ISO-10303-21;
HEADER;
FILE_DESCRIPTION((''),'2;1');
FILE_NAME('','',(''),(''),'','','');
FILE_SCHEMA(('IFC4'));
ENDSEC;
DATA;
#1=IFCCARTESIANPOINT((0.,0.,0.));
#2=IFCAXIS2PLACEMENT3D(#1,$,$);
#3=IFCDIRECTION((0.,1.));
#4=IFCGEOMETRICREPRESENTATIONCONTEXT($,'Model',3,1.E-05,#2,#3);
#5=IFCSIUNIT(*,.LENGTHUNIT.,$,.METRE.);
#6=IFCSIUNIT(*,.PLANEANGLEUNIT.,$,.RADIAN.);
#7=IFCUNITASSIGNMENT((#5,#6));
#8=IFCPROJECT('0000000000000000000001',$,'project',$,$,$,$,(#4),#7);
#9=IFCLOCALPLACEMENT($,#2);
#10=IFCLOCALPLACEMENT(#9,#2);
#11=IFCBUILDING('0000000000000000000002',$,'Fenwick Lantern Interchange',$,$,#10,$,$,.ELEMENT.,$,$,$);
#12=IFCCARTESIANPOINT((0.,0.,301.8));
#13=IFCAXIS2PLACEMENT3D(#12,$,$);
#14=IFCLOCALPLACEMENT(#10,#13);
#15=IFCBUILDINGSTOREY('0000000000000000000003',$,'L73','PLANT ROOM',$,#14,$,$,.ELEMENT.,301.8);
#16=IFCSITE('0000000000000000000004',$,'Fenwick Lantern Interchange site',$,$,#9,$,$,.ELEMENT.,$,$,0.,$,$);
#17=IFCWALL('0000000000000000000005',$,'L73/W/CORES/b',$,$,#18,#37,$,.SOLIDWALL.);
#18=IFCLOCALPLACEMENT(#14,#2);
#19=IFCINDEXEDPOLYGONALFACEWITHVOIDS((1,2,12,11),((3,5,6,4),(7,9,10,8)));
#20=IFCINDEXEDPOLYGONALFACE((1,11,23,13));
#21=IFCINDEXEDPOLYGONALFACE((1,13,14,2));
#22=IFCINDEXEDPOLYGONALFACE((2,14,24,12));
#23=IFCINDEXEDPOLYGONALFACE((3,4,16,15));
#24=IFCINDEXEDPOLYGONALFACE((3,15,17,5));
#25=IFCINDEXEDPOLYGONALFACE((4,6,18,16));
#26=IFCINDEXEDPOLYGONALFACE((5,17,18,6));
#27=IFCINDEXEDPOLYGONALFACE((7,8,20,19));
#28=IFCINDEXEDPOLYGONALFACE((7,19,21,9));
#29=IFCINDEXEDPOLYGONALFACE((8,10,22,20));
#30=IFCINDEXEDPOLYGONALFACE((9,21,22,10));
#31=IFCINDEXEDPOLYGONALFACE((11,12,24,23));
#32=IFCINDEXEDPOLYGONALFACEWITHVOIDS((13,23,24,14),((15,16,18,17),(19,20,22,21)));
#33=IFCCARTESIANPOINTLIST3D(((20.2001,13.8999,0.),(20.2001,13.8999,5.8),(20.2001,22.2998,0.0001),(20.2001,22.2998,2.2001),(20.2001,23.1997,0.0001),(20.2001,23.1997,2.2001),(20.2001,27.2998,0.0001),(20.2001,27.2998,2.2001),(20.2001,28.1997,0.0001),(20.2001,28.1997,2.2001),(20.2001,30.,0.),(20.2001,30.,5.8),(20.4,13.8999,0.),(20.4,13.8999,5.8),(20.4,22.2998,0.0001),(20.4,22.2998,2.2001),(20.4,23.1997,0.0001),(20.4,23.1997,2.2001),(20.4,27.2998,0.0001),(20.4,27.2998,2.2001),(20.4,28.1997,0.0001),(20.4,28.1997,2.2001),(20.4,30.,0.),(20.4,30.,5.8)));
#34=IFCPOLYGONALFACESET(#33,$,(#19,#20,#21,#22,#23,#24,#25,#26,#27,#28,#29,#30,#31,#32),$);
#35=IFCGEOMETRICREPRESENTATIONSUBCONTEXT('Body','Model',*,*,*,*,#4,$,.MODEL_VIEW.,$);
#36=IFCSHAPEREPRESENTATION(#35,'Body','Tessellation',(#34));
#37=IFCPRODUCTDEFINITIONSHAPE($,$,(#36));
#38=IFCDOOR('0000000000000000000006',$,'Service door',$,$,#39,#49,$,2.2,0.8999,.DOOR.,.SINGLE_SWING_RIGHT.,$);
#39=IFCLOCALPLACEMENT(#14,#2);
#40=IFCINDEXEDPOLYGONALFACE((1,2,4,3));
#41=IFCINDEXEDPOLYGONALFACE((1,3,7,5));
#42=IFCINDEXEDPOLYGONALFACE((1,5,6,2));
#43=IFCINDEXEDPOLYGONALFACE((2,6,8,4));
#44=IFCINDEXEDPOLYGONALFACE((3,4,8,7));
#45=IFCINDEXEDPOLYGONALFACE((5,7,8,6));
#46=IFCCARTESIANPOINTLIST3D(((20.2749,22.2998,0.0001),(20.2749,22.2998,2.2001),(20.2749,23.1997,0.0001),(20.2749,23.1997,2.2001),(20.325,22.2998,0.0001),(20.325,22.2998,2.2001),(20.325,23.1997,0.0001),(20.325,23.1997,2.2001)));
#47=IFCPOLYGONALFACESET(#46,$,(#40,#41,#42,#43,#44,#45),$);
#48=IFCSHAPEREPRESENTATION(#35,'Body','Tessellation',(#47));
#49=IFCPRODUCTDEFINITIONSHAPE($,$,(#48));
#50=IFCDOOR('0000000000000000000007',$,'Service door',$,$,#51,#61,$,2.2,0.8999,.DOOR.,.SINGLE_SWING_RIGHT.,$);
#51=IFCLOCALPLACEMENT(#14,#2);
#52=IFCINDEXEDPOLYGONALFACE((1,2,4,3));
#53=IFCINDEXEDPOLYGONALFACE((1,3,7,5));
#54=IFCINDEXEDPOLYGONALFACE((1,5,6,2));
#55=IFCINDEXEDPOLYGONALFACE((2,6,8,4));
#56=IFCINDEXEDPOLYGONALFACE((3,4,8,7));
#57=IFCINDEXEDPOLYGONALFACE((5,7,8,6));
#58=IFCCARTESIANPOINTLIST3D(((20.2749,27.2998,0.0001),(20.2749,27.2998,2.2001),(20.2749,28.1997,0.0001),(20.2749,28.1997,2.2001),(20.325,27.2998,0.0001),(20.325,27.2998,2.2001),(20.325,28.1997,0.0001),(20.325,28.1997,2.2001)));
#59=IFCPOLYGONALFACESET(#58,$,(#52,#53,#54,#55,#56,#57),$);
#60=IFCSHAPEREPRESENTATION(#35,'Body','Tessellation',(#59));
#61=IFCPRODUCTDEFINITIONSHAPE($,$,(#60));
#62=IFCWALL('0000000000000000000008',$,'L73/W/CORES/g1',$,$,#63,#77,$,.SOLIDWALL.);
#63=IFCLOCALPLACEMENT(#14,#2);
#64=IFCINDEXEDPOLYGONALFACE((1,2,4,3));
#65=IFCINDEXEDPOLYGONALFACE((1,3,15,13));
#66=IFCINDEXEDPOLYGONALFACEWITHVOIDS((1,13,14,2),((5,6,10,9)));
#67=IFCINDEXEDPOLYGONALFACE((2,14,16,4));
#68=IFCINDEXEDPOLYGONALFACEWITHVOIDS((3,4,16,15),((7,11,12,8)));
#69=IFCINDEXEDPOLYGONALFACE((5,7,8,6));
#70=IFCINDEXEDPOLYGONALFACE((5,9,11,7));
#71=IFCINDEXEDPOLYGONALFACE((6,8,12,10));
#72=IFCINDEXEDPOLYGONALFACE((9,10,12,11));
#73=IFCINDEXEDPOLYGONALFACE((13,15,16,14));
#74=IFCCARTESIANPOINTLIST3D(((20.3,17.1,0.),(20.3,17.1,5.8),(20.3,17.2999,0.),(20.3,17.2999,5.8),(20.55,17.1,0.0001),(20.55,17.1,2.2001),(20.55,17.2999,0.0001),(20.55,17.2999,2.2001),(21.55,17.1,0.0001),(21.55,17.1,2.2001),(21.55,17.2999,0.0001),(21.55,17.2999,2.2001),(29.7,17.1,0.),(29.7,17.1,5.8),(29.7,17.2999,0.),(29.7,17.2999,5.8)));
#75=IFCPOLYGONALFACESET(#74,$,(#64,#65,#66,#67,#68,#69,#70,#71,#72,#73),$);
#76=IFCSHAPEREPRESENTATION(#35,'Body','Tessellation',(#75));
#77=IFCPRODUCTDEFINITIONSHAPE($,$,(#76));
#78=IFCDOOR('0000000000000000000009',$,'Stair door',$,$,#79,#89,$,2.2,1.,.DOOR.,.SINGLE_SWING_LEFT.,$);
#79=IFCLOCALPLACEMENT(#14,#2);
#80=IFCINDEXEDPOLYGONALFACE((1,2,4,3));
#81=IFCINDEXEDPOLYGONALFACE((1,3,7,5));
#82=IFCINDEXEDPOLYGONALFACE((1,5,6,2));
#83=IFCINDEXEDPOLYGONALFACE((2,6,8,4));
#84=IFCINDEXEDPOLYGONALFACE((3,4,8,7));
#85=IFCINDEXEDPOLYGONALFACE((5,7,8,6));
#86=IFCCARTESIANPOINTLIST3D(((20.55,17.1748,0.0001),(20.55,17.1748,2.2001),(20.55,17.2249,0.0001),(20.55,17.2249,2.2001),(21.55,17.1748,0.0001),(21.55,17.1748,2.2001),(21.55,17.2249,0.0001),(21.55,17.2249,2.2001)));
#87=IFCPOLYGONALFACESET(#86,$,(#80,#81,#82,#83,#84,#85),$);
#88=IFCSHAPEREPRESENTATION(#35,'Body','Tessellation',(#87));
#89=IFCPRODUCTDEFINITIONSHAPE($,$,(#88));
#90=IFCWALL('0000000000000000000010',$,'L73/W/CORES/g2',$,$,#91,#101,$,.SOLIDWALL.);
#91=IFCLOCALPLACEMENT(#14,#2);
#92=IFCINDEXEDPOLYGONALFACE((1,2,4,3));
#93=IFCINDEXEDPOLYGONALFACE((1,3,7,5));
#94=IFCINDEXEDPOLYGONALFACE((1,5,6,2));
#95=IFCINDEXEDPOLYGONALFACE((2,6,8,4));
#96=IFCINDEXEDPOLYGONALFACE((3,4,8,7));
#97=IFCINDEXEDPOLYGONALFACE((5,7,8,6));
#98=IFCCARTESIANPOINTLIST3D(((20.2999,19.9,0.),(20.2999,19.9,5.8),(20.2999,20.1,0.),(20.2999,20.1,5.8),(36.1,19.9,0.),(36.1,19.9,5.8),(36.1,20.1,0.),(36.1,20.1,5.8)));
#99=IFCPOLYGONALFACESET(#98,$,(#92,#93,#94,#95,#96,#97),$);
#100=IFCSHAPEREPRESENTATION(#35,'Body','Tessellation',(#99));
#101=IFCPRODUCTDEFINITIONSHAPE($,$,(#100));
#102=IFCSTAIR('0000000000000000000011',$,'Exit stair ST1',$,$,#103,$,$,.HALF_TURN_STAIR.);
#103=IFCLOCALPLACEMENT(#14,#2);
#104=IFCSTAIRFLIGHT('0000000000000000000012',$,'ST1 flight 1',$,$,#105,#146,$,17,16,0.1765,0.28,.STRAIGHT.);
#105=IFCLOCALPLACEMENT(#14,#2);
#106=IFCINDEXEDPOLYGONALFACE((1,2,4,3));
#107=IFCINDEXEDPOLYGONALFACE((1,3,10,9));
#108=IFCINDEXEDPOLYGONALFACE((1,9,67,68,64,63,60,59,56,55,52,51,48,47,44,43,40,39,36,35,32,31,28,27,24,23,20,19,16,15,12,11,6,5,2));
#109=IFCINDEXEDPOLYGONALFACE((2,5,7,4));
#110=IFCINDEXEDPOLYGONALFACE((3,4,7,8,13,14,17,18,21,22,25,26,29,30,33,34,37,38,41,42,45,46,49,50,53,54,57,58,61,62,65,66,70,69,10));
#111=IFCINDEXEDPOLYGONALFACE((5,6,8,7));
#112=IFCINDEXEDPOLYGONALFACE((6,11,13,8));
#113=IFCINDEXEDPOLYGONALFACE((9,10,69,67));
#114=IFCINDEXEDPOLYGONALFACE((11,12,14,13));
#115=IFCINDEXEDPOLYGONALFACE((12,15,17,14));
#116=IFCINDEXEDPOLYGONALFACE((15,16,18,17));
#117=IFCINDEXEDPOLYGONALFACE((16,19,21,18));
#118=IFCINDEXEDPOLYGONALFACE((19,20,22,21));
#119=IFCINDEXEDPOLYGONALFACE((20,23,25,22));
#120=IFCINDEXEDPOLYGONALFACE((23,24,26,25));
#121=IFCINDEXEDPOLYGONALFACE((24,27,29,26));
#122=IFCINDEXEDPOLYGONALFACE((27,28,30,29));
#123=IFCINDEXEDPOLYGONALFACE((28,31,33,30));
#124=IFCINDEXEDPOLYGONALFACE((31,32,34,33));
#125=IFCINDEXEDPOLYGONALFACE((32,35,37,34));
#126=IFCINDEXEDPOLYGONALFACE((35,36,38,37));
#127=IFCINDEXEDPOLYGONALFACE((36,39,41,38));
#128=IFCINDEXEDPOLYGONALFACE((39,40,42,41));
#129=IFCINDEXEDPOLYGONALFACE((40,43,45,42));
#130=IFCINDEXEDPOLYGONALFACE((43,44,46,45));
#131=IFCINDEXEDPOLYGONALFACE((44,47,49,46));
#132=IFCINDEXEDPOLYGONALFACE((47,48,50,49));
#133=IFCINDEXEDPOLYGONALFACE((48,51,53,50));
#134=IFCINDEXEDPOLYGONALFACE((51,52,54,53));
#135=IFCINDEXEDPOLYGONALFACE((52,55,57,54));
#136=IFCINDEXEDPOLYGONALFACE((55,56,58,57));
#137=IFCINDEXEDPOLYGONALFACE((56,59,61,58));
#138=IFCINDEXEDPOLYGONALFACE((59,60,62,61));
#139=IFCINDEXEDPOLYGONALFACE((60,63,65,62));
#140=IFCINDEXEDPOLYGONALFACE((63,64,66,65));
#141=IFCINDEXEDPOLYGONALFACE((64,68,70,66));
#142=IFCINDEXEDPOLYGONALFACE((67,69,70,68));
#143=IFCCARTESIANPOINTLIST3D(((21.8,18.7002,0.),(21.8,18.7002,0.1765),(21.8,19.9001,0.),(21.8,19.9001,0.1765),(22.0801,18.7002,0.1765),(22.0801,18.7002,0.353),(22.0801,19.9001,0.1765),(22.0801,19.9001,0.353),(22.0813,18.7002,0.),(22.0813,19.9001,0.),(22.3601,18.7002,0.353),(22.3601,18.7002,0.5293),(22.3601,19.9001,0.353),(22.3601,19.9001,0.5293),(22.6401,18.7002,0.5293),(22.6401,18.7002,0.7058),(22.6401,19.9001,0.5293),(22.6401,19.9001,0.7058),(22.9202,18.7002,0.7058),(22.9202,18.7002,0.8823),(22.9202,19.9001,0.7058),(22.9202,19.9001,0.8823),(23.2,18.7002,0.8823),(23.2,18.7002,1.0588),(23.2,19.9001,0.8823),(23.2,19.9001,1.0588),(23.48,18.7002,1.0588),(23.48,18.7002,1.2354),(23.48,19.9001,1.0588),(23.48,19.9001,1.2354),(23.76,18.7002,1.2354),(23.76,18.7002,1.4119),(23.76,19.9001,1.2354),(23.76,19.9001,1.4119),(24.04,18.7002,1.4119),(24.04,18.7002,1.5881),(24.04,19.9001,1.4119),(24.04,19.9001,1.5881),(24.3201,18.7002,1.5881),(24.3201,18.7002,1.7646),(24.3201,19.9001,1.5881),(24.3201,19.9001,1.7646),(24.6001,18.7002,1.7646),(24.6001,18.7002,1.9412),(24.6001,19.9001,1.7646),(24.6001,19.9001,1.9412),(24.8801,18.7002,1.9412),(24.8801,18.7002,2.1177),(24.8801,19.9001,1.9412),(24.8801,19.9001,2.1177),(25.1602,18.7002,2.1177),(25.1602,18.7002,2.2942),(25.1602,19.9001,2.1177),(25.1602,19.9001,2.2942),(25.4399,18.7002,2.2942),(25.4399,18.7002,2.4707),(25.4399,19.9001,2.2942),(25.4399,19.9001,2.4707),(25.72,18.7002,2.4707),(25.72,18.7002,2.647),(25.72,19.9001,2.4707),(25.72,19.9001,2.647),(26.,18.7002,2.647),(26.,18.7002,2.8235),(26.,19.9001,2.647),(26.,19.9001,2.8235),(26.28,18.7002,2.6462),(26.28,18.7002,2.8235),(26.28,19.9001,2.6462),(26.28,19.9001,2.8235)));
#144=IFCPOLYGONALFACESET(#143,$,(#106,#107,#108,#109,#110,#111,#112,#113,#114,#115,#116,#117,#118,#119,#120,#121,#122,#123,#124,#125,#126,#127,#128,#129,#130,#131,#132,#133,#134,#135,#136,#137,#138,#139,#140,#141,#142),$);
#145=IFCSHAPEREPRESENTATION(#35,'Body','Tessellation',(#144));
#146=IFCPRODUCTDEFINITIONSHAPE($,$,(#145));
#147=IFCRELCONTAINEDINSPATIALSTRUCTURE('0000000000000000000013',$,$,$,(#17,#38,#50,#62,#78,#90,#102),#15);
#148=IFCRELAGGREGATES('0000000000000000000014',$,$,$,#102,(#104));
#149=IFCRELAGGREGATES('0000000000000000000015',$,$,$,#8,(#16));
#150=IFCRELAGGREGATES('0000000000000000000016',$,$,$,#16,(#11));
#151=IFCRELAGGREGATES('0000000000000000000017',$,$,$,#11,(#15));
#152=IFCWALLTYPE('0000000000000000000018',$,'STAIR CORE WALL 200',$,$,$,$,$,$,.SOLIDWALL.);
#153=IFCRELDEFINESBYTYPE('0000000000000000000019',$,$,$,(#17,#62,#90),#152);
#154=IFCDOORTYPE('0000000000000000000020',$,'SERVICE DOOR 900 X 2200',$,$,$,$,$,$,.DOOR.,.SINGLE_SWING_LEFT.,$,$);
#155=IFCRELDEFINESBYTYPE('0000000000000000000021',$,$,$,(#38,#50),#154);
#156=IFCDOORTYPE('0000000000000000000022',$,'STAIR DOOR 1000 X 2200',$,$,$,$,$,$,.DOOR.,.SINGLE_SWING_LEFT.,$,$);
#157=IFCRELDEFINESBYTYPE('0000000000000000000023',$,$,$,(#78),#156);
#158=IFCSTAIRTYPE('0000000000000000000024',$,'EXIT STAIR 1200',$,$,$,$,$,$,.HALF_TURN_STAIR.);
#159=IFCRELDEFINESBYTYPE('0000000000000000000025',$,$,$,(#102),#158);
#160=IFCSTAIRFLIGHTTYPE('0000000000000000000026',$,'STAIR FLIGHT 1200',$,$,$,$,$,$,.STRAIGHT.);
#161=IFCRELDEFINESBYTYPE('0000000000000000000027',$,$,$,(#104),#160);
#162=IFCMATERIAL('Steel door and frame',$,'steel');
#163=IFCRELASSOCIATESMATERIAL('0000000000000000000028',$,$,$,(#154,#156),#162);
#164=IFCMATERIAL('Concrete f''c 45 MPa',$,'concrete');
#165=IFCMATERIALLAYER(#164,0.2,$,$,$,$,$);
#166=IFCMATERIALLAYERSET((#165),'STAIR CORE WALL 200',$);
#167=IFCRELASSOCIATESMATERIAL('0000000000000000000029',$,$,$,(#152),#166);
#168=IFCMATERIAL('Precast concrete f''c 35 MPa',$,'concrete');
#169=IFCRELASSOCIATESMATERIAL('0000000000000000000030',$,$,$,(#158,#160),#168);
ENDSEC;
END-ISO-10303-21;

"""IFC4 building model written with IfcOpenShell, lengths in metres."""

from ifc_helpers import new_model, si_unit, direction, frame, frame_2d, origin, place, context, subcontext, project, spatial, polyline, rectangle, outline, extrude, material, layer, layer_set, type_object, element, fill, aggregate, save


model = new_model("IFC4")

# Units and contexts
model_context = context("Model", 3, precision=1e-05, world=origin(), true_north=direction((0.0, 1.0)))
body_context = subcontext(model_context, "Body", "Model", "MODEL_VIEW")
ifc_project = project(units=[si_unit("LENGTHUNIT", "METRE"), si_unit("PLANEANGLEUNIT", "RADIAN")], contexts=[model_context])

# Site, building, storey
site_placement = place(None, origin())
site = spatial("IfcSite", under=ifc_project, at=site_placement, Name="Fenwick Lantern Interchange site", CompositionType="ELEMENT", RefElevation=0.0)
building_placement = place(site_placement, origin())
building = spatial("IfcBuilding", under=site, at=building_placement, Name="Fenwick Lantern Interchange", CompositionType="ELEMENT")
storey_placement = place(building_placement, frame((0.0, 0.0, 301.8)))
storey = spatial("IfcBuildingStorey", under=building, at=storey_placement, Name="L73", Description="PLANT ROOM", CompositionType="ELEMENT", Elevation=301.8)

# Shared definitions
ifc_material_1 = material(Name="Steel door and frame", Category="steel")
door_type_1 = type_object("IfcDoorType", Name="SERVICE DOOR 900 X 2200", OperationType="SINGLE_SWING_LEFT", PredefinedType="DOOR", material=ifc_material_1)

# Wall, openings, doors
ifc_material_2 = material(Name="Concrete f'c 45 MPa", Category="concrete")
ifc_layer_1 = layer(ifc_material_2, 0.2)
ifc_layer_set_1 = layer_set([ifc_layer_1], Name="STAIR CORE WALL 200")
wall_type_1 = type_object("IfcWallType", Name="STAIR CORE WALL 200", PredefinedType="SOLIDWALL", material=ifc_layer_set_1)
wall_1_placement = place(storey_placement, frame((20.3, 13.8999, 0.0), z_axis=(0.0, 0.0, 1.0), x_axis=(0.0, 1.0, 0.0)))
wall_1 = element("IfcWall", 1, at=wall_1_placement, inside=storey, type_object=wall_type_1, Name="L73/W/CORES/b", PredefinedType="SOLIDWALL", context=body_context, shape_type="SweptSolid", body=[
    extrude(rectangle(XDim=16.1001, YDim=0.2, at=frame_2d((8.05, 0.0))), origin(), (0.0, 0.0, 1.0), 5.8),
])
opening_1_placement = place(wall_1_placement, frame((8.3999, 0.0, 0.0)))
opening_1 = element("IfcOpeningElement", 2, at=opening_1_placement, cuts=wall_1, PredefinedType="OPENING", context=body_context, shape_type="SweptSolid", body=[
    extrude(rectangle(XDim=0.8999, YDim=2.2, at=frame_2d((0.45, 1.1001))), frame((0.0, 0.1099, 0.0), z_axis=(0.0, -1.0, 0.0), x_axis=(1.0, 0.0, 0.0)), (0.0, 0.0, 1.0), 0.22),
])
opening_2_placement = place(wall_1_placement, frame((13.3999, 0.0, 0.0)))
opening_2 = element("IfcOpeningElement", 3, at=opening_2_placement, cuts=wall_1, PredefinedType="OPENING", context=body_context, shape_type="SweptSolid", body=[
    extrude(rectangle(XDim=0.8999, YDim=2.2, at=frame_2d((0.45, 1.1001))), frame((0.0, 0.1099, 0.0), z_axis=(0.0, -1.0, 0.0), x_axis=(1.0, 0.0, 0.0)), (0.0, 0.0, 1.0), 0.22),
])
door_1_placement = place(opening_1_placement, frame((0.8999, 0.0, 0.0), z_axis=(0.0, 0.0, 1.0), x_axis=(-1.0, 0.0, 0.0)))
door_1 = element("IfcDoor", 4, at=door_1_placement, inside=storey, type_object=door_type_1, Name="Service door", OperationType="SINGLE_SWING_RIGHT", OverallHeight=2.2, OverallWidth=0.8999, PredefinedType="DOOR", context=body_context, shape_type="SweptSolid", body=[
    extrude(rectangle(XDim=0.8999, YDim=2.2, at=frame_2d((0.45, 1.1001))), frame((0.0, 0.0249, 0.0), z_axis=(0.0, -1.0, 0.0), x_axis=(1.0, 0.0, 0.0)), (0.0, 0.0, 1.0), 0.05),
])
fill(opening_1, door_1)
door_2_placement = place(opening_2_placement, frame((0.8999, 0.0, 0.0), z_axis=(0.0, 0.0, 1.0), x_axis=(-1.0, 0.0, 0.0)))
door_2 = element("IfcDoor", 5, at=door_2_placement, inside=storey, type_object=door_type_1, Name="Service door", OperationType="SINGLE_SWING_RIGHT", OverallHeight=2.2, OverallWidth=0.8999, PredefinedType="DOOR", context=body_context, shape_type="SweptSolid", body=[
    extrude(rectangle(XDim=0.8999, YDim=2.2, at=frame_2d((0.45, 1.1001))), frame((0.0, 0.0249, 0.0), z_axis=(0.0, -1.0, 0.0), x_axis=(1.0, 0.0, 0.0)), (0.0, 0.0, 1.0), 0.05),
])
fill(opening_2, door_2)

# Wall, opening, door
wall_2_placement = place(storey_placement, frame((20.3, 17.2, 0.0), z_axis=(0.0, 0.0, 1.0), x_axis=(1.0, 0.0, 0.0)))
wall_2 = element("IfcWall", 6, at=wall_2_placement, inside=storey, type_object=wall_type_1, Name="L73/W/CORES/g1", PredefinedType="SOLIDWALL", context=body_context, shape_type="SweptSolid", body=[
    extrude(rectangle(XDim=9.3999, YDim=0.2, at=frame_2d((4.7, 0.0))), origin(), (0.0, 0.0, 1.0), 5.8),
])
opening_3_placement = place(wall_2_placement, frame((0.25, 0.0, 0.0)))
opening_3 = element("IfcOpeningElement", 7, at=opening_3_placement, cuts=wall_2, PredefinedType="OPENING", context=body_context, shape_type="SweptSolid", body=[
    extrude(rectangle(XDim=1.0, YDim=2.2, at=frame_2d((0.5, 1.1001))), frame((0.0, 0.1099, 0.0), z_axis=(0.0, -1.0, 0.0), x_axis=(1.0, 0.0, 0.0)), (0.0, 0.0, 1.0), 0.22),
])
door_type_2 = type_object("IfcDoorType", Name="STAIR DOOR 1000 X 2200", OperationType="SINGLE_SWING_LEFT", PredefinedType="DOOR", material=ifc_material_1)
door_3_placement = place(opening_3_placement, origin())
door_3 = element("IfcDoor", 8, at=door_3_placement, inside=storey, type_object=door_type_2, Name="Stair door", OperationType="SINGLE_SWING_LEFT", OverallHeight=2.2, OverallWidth=1.0, PredefinedType="DOOR", context=body_context, shape_type="SweptSolid", body=[
    extrude(rectangle(XDim=1.0, YDim=2.2, at=frame_2d((0.5, 1.1001))), frame((0.0, 0.0249, 0.0), z_axis=(0.0, -1.0, 0.0), x_axis=(1.0, 0.0, 0.0)), (0.0, 0.0, 1.0), 0.05),
])
fill(opening_3, door_3)

# Wall
wall_3_placement = place(storey_placement, frame((20.3, 20.0, 0.0), z_axis=(0.0, 0.0, 1.0), x_axis=(1.0, 0.0, 0.0)))
element("IfcWall", 9, at=wall_3_placement, inside=storey, type_object=wall_type_1, Name="L73/W/CORES/g2", PredefinedType="SOLIDWALL", context=body_context, shape_type="SweptSolid", body=[
    extrude(rectangle(XDim=15.8, YDim=0.2, at=frame_2d((7.8999, 0.0))), origin(), (0.0, 0.0, 1.0), 5.8),
])

# Stair, stair flight
ifc_material_3 = material(Name="Precast concrete f'c 35 MPa", Category="concrete")
stair_type = type_object("IfcStairType", Name="EXIT STAIR 1200", PredefinedType="HALF_TURN_STAIR", material=ifc_material_3)
stair_placement = place(storey_placement, origin())
stair = element("IfcStair", 10, at=stair_placement, inside=storey, type_object=stair_type, Name="Exit stair ST1", PredefinedType="HALF_TURN_STAIR")
stair_flight_type = type_object("IfcStairFlightType", Name="STAIR FLIGHT 1200", PredefinedType="STRAIGHT", material=ifc_material_3)
stair_flight_placement = place(storey_placement, frame((21.8, 19.3, 0.0), z_axis=(0.0, 0.0, 1.0), x_axis=(1.0, 0.0, 0.0)))
stair_flight = element("IfcStairFlight", 11, at=stair_flight_placement, type_object=stair_flight_type, Name="ST1 flight 1", NumberOfRisers=17, NumberOfTreads=16, PredefinedType="STRAIGHT", RiserHeight=0.1765, TreadLength=0.28, context=body_context, shape_type="SweptSolid", body=[
    extrude(outline(polyline([(0.0, 0.0), (0.0, 0.1765), (0.28, 0.1765), (0.28, 0.353), (0.5601, 0.353), (0.5601, 0.5293), (0.8401, 0.5293), (0.8401, 0.7058), (1.1201, 0.7058), (1.1201, 0.8823), (1.3999, 0.8823), (1.3999, 1.0588), (1.6799, 1.0588), (1.6799, 1.2354), (1.96, 1.2354), (1.96, 1.4119), (2.24, 1.4119), (2.24, 1.5881), (2.52, 1.5881), (2.52, 1.7646), (2.8, 1.7646), (2.8, 1.9412), (3.0801, 1.9412), (3.0801, 2.1177), (3.3601, 2.1177), (3.3601, 2.2942), (3.6399, 2.2942), (3.6399, 2.4707), (3.9199, 2.4707), (3.9199, 2.647), (4.2, 2.647), (4.2, 2.8235), (4.48, 2.8235), (4.48, 3.0), (4.48, 2.6462), (0.2812, 0.0), (0.0, 0.0)])), frame((0.0, 0.6001, 0.0), z_axis=(0.0, -1.0, 0.0), x_axis=(1.0, 0.0, 0.0)), (0.0, 0.0, 1.0), 1.2),
])
aggregate(stair, [stair_flight])

save(model, "model.ifc")
